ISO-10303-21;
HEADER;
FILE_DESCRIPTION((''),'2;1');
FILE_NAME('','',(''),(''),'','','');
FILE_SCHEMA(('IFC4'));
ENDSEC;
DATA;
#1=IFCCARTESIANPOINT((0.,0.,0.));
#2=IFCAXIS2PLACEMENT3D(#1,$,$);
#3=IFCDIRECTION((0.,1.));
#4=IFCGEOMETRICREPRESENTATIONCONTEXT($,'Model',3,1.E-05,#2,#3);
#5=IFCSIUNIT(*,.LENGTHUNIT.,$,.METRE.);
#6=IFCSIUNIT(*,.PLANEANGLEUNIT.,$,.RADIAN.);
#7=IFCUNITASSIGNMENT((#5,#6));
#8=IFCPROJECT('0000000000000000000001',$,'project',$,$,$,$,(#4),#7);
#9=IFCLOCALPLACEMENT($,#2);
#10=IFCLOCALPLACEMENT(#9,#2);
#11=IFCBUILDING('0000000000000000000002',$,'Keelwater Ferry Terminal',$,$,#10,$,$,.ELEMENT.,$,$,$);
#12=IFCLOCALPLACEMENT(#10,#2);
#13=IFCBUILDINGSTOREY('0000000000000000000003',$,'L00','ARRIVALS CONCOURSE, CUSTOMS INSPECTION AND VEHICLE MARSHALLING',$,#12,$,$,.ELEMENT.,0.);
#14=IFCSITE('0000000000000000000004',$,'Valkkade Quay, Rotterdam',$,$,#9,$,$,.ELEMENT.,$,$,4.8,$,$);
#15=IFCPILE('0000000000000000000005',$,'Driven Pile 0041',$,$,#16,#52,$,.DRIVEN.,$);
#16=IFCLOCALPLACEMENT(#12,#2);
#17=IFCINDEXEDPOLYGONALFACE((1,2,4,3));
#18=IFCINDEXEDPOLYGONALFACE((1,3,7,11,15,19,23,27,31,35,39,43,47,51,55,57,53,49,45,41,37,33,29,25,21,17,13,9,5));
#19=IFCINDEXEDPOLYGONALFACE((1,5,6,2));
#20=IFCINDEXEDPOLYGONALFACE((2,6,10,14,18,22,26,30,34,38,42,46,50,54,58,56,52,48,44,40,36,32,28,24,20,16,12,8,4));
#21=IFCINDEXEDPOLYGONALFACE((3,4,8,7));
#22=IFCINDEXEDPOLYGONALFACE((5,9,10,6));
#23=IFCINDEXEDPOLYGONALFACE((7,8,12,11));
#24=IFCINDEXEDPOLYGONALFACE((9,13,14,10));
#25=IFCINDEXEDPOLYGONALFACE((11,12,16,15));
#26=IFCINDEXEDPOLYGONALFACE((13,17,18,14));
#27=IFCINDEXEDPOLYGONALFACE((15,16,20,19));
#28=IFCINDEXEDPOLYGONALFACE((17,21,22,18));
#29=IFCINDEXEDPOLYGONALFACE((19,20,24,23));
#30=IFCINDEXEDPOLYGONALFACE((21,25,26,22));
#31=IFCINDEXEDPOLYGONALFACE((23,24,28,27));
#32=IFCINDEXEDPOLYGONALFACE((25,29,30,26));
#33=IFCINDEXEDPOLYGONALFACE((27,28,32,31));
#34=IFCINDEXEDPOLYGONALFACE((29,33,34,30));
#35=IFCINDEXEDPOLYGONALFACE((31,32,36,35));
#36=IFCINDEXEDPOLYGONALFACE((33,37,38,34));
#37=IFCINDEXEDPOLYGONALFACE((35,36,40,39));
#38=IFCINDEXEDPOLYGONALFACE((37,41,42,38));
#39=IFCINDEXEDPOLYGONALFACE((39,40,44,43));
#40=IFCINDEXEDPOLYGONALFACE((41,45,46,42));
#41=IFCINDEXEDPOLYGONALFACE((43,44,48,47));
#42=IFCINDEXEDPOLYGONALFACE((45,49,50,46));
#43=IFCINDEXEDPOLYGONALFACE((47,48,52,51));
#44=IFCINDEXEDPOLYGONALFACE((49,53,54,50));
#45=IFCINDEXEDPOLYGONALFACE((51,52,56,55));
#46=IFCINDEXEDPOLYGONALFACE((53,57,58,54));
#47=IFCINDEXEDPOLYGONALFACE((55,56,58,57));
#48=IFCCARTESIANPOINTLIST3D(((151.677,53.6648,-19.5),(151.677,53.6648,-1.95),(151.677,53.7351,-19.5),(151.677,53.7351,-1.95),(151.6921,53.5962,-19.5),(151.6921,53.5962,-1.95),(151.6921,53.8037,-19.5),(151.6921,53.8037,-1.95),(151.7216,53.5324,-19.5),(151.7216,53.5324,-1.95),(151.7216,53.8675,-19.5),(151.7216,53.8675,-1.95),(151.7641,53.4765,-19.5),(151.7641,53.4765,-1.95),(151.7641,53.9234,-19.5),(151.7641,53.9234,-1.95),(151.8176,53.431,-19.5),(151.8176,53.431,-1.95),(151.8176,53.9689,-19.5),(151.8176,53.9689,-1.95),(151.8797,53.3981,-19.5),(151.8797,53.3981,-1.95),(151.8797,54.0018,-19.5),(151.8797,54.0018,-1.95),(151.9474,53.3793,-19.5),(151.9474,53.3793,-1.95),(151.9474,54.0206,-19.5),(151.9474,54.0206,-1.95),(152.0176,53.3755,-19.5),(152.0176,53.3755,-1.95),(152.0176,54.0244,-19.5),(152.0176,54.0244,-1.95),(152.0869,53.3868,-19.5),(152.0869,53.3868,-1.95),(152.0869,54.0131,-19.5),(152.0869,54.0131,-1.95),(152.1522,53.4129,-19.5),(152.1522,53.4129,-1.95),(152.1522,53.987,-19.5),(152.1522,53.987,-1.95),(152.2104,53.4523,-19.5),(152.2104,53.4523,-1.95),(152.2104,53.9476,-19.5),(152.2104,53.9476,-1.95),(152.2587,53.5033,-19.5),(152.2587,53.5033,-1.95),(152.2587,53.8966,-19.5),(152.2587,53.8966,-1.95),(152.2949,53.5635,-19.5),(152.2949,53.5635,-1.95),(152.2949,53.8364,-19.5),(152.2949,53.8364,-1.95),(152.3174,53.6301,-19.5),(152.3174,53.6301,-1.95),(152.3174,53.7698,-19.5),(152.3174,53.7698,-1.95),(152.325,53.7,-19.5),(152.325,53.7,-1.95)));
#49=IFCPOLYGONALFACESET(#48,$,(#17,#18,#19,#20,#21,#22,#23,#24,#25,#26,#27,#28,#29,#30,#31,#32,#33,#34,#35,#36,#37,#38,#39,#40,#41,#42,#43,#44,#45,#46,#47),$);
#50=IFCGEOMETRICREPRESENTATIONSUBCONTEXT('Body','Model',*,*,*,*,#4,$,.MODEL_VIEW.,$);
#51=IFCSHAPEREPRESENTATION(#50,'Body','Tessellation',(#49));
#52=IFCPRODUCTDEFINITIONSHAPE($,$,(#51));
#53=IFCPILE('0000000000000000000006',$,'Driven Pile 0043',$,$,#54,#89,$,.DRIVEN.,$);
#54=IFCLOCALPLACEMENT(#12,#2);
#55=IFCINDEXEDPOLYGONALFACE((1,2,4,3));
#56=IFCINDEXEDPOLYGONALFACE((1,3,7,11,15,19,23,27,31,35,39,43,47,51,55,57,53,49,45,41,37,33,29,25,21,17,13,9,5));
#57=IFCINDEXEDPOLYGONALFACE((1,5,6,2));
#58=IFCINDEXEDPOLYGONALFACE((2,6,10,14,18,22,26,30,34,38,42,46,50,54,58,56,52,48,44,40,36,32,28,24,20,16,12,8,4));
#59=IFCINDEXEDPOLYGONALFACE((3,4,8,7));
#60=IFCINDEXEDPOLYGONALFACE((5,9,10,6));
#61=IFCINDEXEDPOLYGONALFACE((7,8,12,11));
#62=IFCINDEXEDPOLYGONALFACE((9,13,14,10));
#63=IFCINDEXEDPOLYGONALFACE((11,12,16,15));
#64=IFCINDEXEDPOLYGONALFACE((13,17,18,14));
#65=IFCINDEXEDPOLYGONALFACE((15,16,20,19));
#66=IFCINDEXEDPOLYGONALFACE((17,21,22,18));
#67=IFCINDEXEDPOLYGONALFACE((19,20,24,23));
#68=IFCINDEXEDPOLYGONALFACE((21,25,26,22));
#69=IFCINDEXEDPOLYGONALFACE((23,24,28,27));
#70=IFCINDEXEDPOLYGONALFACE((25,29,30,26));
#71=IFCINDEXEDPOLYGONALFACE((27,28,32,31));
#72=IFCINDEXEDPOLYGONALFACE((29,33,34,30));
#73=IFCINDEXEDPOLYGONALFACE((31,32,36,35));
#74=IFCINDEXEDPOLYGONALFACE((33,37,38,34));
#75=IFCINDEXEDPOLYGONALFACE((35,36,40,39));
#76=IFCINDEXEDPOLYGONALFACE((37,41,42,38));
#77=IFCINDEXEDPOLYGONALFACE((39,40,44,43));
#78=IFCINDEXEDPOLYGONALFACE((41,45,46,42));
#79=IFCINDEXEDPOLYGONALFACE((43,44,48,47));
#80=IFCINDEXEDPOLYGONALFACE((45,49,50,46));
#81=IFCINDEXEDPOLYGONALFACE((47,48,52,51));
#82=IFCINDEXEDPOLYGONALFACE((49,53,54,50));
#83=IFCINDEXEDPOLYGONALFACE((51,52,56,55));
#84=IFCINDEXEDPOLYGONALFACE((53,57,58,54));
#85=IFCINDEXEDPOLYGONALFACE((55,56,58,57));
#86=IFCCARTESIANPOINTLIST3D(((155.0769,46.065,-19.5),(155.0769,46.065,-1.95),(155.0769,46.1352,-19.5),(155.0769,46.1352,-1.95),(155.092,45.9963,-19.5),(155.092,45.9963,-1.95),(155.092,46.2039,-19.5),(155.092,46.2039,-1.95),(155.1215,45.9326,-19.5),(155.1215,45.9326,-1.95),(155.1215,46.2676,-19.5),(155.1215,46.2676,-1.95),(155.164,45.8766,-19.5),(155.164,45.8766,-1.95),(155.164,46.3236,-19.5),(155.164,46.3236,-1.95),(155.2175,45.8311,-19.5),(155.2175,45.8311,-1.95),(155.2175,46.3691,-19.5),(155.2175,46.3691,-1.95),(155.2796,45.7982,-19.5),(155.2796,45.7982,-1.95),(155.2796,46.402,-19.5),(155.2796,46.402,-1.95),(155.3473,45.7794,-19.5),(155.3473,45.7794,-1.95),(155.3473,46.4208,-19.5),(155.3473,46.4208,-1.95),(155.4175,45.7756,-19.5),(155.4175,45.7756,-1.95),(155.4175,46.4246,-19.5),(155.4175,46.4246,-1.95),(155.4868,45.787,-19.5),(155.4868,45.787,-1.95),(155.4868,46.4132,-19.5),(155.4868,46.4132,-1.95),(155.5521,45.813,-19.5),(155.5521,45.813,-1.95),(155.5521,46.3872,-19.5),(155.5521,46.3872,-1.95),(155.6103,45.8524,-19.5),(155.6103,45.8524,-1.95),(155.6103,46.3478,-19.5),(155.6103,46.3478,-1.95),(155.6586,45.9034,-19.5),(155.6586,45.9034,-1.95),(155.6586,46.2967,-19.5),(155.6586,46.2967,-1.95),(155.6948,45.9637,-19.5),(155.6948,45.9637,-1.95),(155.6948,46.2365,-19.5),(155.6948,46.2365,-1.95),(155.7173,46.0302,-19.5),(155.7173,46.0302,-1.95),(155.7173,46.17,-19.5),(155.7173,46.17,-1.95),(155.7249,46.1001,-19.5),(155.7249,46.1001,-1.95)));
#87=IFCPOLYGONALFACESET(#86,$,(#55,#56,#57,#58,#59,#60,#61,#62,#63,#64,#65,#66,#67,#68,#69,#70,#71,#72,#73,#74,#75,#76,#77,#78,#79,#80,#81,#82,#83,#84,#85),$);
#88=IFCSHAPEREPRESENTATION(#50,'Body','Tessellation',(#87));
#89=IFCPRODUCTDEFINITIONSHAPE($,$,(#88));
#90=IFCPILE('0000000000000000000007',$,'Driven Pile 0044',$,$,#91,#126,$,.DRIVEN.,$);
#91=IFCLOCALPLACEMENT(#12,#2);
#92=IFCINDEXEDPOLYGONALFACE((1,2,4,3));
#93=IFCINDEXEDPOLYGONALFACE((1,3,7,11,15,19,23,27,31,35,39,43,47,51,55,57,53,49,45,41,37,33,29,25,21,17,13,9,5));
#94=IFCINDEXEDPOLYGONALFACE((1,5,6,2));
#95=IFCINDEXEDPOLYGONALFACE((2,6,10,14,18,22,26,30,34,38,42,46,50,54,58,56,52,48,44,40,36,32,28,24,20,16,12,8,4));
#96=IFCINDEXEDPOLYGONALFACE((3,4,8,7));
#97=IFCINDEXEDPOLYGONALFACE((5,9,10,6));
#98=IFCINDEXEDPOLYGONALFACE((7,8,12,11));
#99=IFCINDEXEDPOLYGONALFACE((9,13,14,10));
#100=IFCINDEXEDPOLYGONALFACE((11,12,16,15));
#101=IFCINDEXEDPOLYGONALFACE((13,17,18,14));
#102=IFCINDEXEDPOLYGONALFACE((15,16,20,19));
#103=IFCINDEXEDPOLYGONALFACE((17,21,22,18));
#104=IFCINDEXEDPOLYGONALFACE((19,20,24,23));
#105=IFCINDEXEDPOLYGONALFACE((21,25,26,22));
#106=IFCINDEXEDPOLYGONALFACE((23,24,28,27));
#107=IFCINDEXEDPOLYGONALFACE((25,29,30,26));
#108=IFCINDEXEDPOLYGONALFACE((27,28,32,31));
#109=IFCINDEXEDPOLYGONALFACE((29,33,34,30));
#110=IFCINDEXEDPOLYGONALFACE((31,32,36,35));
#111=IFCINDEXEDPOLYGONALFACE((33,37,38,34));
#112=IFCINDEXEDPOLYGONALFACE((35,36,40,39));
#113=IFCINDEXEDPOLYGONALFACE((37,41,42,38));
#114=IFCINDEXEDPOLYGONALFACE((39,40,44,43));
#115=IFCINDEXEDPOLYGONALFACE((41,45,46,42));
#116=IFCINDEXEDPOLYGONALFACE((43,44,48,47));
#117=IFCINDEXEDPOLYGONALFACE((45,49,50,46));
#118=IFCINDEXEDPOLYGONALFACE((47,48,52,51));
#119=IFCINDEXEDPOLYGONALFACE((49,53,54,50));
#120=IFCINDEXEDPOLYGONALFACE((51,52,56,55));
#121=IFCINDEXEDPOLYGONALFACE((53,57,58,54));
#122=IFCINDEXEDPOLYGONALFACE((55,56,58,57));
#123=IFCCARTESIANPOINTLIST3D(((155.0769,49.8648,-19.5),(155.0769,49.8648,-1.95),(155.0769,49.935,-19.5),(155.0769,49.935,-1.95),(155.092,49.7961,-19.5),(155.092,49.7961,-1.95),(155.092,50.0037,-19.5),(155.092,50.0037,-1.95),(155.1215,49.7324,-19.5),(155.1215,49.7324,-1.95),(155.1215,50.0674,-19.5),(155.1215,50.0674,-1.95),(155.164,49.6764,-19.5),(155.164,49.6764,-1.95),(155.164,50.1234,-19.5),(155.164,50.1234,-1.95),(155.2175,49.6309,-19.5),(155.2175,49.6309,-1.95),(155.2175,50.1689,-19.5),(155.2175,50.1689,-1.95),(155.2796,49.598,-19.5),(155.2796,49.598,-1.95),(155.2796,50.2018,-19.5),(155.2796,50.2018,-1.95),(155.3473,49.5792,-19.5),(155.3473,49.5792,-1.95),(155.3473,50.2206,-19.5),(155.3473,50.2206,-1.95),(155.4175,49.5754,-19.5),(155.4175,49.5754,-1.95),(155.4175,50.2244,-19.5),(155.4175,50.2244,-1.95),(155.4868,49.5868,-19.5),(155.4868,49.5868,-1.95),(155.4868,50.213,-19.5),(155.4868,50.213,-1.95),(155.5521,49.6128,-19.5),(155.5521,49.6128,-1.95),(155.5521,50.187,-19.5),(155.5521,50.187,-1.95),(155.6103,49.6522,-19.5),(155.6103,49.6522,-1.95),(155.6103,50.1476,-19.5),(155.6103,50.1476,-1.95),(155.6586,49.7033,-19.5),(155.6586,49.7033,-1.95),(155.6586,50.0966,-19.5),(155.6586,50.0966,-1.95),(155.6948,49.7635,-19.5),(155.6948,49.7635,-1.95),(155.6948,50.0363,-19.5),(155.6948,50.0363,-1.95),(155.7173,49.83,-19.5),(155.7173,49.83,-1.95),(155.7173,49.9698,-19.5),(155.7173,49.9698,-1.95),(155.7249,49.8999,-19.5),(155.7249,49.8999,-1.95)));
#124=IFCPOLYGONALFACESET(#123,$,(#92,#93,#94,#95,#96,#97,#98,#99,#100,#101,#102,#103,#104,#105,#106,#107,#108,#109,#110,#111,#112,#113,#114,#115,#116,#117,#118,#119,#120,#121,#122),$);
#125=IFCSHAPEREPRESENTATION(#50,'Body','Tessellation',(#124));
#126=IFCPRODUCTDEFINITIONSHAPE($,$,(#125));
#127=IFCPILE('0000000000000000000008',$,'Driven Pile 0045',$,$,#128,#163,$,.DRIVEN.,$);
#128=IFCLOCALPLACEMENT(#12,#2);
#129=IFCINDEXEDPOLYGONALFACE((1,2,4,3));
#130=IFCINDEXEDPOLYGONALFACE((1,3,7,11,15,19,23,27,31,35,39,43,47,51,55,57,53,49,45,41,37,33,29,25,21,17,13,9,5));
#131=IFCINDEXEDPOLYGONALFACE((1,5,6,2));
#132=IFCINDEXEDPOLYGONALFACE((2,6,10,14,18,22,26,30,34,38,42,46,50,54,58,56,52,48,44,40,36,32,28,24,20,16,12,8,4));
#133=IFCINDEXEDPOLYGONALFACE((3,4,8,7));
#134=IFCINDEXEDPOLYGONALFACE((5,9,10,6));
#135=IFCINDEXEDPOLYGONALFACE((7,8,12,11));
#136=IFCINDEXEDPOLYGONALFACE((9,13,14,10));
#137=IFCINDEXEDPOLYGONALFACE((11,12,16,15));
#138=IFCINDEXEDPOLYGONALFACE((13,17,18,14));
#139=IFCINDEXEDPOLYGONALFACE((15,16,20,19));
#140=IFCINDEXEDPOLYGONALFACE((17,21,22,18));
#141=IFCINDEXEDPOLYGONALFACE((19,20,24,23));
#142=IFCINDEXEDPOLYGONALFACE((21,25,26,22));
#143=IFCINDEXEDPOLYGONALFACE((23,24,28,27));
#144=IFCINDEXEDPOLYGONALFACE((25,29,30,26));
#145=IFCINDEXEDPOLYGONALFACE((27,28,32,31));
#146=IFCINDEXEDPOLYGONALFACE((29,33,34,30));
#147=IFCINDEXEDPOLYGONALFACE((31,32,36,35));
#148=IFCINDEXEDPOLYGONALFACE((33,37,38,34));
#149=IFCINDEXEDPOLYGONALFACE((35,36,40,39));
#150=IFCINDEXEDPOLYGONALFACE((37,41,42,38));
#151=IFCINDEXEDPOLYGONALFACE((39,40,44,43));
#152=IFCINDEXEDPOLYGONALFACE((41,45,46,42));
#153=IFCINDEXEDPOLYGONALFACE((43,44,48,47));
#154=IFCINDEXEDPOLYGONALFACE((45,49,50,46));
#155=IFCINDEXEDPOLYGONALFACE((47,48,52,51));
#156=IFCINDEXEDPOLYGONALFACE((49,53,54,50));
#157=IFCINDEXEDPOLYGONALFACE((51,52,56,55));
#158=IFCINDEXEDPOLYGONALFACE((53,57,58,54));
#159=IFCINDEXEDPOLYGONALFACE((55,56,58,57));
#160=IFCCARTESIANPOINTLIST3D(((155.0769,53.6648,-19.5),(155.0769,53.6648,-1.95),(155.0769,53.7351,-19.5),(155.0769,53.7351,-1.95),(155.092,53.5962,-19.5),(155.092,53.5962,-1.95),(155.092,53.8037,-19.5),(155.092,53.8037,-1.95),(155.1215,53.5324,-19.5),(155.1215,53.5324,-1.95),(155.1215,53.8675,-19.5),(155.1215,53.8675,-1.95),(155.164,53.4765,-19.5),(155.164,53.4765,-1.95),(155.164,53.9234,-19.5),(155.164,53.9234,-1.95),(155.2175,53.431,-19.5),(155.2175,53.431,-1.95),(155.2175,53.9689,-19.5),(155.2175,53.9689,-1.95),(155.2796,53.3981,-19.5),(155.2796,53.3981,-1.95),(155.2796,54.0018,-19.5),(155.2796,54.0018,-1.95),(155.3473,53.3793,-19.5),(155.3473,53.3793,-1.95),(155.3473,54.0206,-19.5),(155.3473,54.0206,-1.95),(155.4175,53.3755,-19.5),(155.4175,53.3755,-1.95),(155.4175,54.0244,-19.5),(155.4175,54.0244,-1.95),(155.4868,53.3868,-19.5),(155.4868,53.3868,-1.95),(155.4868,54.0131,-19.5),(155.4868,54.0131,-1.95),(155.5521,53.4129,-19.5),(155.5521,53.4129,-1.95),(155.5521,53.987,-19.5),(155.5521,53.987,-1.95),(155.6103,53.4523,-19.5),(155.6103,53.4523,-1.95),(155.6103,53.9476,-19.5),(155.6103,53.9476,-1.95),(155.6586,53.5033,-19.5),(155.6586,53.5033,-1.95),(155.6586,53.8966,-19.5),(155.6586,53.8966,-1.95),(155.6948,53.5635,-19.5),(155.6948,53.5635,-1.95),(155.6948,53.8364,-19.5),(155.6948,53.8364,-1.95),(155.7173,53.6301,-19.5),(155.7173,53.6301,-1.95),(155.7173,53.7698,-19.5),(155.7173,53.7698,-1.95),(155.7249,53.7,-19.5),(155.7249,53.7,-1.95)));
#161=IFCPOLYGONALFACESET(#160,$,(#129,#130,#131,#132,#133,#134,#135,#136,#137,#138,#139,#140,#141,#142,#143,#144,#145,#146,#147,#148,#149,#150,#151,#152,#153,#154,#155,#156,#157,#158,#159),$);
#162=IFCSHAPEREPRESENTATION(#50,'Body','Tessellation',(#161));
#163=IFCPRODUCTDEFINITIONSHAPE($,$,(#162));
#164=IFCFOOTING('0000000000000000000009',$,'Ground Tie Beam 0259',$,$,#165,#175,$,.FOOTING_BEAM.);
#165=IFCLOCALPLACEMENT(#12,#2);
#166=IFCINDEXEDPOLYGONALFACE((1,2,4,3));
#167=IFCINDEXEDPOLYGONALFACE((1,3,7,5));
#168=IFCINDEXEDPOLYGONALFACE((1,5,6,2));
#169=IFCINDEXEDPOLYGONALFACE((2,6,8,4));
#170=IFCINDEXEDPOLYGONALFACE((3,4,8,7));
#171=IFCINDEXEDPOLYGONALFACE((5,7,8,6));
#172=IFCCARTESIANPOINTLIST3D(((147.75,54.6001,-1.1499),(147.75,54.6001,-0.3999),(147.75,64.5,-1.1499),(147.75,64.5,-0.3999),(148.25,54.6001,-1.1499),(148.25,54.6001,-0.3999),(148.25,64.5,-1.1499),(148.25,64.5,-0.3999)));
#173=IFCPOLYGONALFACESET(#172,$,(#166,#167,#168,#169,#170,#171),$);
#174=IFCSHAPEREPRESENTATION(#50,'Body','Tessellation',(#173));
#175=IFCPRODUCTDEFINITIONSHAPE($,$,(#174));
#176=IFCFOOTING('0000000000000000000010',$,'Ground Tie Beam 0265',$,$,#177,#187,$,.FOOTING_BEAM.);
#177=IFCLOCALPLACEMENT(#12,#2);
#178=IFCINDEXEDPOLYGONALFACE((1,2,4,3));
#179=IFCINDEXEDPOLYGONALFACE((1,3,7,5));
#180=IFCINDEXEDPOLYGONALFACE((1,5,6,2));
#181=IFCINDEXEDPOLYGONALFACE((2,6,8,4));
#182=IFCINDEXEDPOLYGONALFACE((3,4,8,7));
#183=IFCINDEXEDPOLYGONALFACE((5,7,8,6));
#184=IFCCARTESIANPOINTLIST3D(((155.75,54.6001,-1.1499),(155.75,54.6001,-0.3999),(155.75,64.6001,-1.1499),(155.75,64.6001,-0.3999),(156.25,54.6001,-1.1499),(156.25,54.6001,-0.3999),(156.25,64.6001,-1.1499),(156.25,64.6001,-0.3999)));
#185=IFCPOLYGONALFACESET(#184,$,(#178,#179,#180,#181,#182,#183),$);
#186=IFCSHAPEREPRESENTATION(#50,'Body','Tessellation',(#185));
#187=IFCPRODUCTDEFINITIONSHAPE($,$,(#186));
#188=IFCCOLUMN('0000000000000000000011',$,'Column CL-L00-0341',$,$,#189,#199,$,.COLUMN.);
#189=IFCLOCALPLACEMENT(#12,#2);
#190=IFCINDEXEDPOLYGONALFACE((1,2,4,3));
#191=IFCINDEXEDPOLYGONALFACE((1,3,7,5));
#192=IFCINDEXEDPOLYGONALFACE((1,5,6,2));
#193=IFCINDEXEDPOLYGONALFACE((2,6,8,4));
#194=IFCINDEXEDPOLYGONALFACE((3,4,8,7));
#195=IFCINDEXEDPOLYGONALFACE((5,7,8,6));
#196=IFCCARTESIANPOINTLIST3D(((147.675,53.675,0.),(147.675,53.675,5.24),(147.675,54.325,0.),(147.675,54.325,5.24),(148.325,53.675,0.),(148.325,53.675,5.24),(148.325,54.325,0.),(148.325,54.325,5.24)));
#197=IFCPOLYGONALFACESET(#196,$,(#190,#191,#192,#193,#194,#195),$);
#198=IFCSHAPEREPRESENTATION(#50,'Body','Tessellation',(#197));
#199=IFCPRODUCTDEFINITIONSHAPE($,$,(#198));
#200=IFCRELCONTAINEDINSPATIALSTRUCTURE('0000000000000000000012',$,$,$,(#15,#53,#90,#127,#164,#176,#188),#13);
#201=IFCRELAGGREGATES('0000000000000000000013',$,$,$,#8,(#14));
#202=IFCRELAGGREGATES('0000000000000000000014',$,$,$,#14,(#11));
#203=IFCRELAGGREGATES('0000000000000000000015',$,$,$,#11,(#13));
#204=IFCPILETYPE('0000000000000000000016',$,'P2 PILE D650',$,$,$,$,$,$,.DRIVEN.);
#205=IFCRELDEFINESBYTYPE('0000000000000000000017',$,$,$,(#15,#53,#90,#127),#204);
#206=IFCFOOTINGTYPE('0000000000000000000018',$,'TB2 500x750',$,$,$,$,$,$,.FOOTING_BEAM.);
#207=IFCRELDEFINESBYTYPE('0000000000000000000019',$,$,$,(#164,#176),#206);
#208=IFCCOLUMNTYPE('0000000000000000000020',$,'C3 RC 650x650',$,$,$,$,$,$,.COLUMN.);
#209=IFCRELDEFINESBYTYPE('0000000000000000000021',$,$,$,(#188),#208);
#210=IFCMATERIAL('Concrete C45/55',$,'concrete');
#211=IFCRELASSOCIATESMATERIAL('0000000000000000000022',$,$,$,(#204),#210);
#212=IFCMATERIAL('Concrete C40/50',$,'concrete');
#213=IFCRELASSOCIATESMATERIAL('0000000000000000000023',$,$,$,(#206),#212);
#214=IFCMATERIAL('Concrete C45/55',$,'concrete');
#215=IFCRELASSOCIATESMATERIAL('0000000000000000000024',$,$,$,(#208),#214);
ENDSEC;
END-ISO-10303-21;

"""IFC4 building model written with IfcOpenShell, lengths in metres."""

from ifc_helpers import new_model, si_unit, direction, frame, origin, origin_2d, place, context, subcontext, project, spatial, rectangle, circle, extrude, material, material_profile, profile_set, type_object, element, save


model = new_model("IFC4")

# Units and contexts
model_context = context("Model", 3, precision=1e-05, world=origin(), true_north=direction((0.0, 1.0)))
body_context = subcontext(model_context, "Body", "Model", "MODEL_VIEW")
ifc_project = project(units=[si_unit("LENGTHUNIT", "METRE"), si_unit("PLANEANGLEUNIT", "RADIAN")], contexts=[model_context])

# Site, building, storey
site_placement = place(None, origin())
site = spatial("IfcSite", under=ifc_project, at=site_placement, Name="Valkkade Quay, Rotterdam", CompositionType="ELEMENT", RefElevation=4.8)
building_placement = place(site_placement, origin())
building = spatial("IfcBuilding", under=site, at=building_placement, Name="Keelwater Ferry Terminal", CompositionType="ELEMENT")
storey_placement = place(building_placement, origin())
storey = spatial("IfcBuildingStorey", under=building, at=storey_placement, Name="L00", Description="ARRIVALS CONCOURSE, CUSTOMS INSPECTION AND VEHICLE MARSHALLING", CompositionType="ELEMENT", Elevation=0.0)

# Piles
ifc_material_1 = material(Name="Concrete C45/55", Category="concrete")
ifc_material_profile_1 = material_profile(ifc_material_1, circle(Radius=0.325, at=origin_2d()), Name="PILE D650")
ifc_profile_set_1 = profile_set([ifc_material_profile_1], Name="Concrete C45/55")
pile_type = type_object("IfcPileType", Name="P2 PILE D650", PredefinedType="DRIVEN", material=ifc_profile_set_1)
for number, where, z_axis, x_axis, name in (
    (1, (152.0, 53.7, -1.95), (0.0, 0.0, -1.0), (1.0, 0.0, 0.0), "Driven Pile 0041"),
    (2, (155.3999, 46.1001, -1.95), (0.0, 0.0, -1.0), (1.0, 0.0, 0.0), "Driven Pile 0043"),
    (3, (155.3999, 49.8999, -1.95), (0.0, 0.0, -1.0), (1.0, 0.0, 0.0), "Driven Pile 0044"),
    (4, (155.3999, 53.7, -1.95), (0.0, 0.0, -1.0), (1.0, 0.0, 0.0), "Driven Pile 0045"),
):
    element("IfcPile", number, at=place(storey_placement, frame(where, z_axis=z_axis, x_axis=x_axis)), inside=storey, type_object=pile_type, Name=name, PredefinedType="DRIVEN", context=body_context, shape_type="SweptSolid", body=[
        extrude(circle(Radius=0.325, at=origin_2d()), origin(), (0.0, 0.0, 1.0), 17.55),
    ])

# Footings
ifc_material_2 = material(Name="Concrete C40/50", Category="concrete")
ifc_material_profile_2 = material_profile(ifc_material_2, rectangle(XDim=0.5, YDim=0.75, at=origin_2d()), Name="TB 500x750")
ifc_profile_set_2 = profile_set([ifc_material_profile_2], Name="Concrete C40/50")
footing_type = type_object("IfcFootingType", Name="TB2 500x750", PredefinedType="FOOTING_BEAM", material=ifc_profile_set_2)
footing_1_placement = place(storey_placement, frame((148.0, 54.6001, -0.7749), z_axis=(0.0, 1.0, 0.0), x_axis=(-1.0, 0.0, 0.0)))
element("IfcFooting", 5, at=footing_1_placement, inside=storey, type_object=footing_type, Name="Ground Tie Beam 0259", PredefinedType="FOOTING_BEAM", context=body_context, shape_type="SweptSolid", body=[
    extrude(rectangle(XDim=0.5, YDim=0.75, at=origin_2d()), origin(), (0.0, 0.0, 1.0), 9.8999),
])
footing_2_placement = place(storey_placement, frame((156.0, 54.6001, -0.7749), z_axis=(0.0, 1.0, 0.0), x_axis=(-1.0, 0.0, 0.0)))
element("IfcFooting", 6, at=footing_2_placement, inside=storey, type_object=footing_type, Name="Ground Tie Beam 0265", PredefinedType="FOOTING_BEAM", context=body_context, shape_type="SweptSolid", body=[
    extrude(rectangle(XDim=0.5, YDim=0.75, at=origin_2d()), origin(), (0.0, 0.0, 1.0), 10.0),
])

# Column
ifc_material_3 = material(Name="Concrete C45/55", Category="concrete")
ifc_material_profile_3 = material_profile(ifc_material_3, rectangle(XDim=0.6499, YDim=0.6499, at=origin_2d()), Name="RC 650x650")
ifc_profile_set_3 = profile_set([ifc_material_profile_3], Name="Concrete C45/55")
column_type = type_object("IfcColumnType", Name="C3 RC 650x650", PredefinedType="COLUMN", material=ifc_profile_set_3)
for number, where, z_axis, x_axis, name in (
    (7, (148.0, 54.0, 0.0), (0.0, 0.0, 1.0), (1.0, 0.0, 0.0), "Column CL-L00-0341"),
):
    element("IfcColumn", number, at=place(storey_placement, frame(where, z_axis=z_axis, x_axis=x_axis)), inside=storey, type_object=column_type, Name=name, PredefinedType="COLUMN", context=body_context, shape_type="SweptSolid", body=[
        extrude(rectangle(XDim=0.6499, YDim=0.6499, at=origin_2d()), origin(), (0.0, 0.0, 1.0), 5.24),
    ])

save(model, "model.ifc")
